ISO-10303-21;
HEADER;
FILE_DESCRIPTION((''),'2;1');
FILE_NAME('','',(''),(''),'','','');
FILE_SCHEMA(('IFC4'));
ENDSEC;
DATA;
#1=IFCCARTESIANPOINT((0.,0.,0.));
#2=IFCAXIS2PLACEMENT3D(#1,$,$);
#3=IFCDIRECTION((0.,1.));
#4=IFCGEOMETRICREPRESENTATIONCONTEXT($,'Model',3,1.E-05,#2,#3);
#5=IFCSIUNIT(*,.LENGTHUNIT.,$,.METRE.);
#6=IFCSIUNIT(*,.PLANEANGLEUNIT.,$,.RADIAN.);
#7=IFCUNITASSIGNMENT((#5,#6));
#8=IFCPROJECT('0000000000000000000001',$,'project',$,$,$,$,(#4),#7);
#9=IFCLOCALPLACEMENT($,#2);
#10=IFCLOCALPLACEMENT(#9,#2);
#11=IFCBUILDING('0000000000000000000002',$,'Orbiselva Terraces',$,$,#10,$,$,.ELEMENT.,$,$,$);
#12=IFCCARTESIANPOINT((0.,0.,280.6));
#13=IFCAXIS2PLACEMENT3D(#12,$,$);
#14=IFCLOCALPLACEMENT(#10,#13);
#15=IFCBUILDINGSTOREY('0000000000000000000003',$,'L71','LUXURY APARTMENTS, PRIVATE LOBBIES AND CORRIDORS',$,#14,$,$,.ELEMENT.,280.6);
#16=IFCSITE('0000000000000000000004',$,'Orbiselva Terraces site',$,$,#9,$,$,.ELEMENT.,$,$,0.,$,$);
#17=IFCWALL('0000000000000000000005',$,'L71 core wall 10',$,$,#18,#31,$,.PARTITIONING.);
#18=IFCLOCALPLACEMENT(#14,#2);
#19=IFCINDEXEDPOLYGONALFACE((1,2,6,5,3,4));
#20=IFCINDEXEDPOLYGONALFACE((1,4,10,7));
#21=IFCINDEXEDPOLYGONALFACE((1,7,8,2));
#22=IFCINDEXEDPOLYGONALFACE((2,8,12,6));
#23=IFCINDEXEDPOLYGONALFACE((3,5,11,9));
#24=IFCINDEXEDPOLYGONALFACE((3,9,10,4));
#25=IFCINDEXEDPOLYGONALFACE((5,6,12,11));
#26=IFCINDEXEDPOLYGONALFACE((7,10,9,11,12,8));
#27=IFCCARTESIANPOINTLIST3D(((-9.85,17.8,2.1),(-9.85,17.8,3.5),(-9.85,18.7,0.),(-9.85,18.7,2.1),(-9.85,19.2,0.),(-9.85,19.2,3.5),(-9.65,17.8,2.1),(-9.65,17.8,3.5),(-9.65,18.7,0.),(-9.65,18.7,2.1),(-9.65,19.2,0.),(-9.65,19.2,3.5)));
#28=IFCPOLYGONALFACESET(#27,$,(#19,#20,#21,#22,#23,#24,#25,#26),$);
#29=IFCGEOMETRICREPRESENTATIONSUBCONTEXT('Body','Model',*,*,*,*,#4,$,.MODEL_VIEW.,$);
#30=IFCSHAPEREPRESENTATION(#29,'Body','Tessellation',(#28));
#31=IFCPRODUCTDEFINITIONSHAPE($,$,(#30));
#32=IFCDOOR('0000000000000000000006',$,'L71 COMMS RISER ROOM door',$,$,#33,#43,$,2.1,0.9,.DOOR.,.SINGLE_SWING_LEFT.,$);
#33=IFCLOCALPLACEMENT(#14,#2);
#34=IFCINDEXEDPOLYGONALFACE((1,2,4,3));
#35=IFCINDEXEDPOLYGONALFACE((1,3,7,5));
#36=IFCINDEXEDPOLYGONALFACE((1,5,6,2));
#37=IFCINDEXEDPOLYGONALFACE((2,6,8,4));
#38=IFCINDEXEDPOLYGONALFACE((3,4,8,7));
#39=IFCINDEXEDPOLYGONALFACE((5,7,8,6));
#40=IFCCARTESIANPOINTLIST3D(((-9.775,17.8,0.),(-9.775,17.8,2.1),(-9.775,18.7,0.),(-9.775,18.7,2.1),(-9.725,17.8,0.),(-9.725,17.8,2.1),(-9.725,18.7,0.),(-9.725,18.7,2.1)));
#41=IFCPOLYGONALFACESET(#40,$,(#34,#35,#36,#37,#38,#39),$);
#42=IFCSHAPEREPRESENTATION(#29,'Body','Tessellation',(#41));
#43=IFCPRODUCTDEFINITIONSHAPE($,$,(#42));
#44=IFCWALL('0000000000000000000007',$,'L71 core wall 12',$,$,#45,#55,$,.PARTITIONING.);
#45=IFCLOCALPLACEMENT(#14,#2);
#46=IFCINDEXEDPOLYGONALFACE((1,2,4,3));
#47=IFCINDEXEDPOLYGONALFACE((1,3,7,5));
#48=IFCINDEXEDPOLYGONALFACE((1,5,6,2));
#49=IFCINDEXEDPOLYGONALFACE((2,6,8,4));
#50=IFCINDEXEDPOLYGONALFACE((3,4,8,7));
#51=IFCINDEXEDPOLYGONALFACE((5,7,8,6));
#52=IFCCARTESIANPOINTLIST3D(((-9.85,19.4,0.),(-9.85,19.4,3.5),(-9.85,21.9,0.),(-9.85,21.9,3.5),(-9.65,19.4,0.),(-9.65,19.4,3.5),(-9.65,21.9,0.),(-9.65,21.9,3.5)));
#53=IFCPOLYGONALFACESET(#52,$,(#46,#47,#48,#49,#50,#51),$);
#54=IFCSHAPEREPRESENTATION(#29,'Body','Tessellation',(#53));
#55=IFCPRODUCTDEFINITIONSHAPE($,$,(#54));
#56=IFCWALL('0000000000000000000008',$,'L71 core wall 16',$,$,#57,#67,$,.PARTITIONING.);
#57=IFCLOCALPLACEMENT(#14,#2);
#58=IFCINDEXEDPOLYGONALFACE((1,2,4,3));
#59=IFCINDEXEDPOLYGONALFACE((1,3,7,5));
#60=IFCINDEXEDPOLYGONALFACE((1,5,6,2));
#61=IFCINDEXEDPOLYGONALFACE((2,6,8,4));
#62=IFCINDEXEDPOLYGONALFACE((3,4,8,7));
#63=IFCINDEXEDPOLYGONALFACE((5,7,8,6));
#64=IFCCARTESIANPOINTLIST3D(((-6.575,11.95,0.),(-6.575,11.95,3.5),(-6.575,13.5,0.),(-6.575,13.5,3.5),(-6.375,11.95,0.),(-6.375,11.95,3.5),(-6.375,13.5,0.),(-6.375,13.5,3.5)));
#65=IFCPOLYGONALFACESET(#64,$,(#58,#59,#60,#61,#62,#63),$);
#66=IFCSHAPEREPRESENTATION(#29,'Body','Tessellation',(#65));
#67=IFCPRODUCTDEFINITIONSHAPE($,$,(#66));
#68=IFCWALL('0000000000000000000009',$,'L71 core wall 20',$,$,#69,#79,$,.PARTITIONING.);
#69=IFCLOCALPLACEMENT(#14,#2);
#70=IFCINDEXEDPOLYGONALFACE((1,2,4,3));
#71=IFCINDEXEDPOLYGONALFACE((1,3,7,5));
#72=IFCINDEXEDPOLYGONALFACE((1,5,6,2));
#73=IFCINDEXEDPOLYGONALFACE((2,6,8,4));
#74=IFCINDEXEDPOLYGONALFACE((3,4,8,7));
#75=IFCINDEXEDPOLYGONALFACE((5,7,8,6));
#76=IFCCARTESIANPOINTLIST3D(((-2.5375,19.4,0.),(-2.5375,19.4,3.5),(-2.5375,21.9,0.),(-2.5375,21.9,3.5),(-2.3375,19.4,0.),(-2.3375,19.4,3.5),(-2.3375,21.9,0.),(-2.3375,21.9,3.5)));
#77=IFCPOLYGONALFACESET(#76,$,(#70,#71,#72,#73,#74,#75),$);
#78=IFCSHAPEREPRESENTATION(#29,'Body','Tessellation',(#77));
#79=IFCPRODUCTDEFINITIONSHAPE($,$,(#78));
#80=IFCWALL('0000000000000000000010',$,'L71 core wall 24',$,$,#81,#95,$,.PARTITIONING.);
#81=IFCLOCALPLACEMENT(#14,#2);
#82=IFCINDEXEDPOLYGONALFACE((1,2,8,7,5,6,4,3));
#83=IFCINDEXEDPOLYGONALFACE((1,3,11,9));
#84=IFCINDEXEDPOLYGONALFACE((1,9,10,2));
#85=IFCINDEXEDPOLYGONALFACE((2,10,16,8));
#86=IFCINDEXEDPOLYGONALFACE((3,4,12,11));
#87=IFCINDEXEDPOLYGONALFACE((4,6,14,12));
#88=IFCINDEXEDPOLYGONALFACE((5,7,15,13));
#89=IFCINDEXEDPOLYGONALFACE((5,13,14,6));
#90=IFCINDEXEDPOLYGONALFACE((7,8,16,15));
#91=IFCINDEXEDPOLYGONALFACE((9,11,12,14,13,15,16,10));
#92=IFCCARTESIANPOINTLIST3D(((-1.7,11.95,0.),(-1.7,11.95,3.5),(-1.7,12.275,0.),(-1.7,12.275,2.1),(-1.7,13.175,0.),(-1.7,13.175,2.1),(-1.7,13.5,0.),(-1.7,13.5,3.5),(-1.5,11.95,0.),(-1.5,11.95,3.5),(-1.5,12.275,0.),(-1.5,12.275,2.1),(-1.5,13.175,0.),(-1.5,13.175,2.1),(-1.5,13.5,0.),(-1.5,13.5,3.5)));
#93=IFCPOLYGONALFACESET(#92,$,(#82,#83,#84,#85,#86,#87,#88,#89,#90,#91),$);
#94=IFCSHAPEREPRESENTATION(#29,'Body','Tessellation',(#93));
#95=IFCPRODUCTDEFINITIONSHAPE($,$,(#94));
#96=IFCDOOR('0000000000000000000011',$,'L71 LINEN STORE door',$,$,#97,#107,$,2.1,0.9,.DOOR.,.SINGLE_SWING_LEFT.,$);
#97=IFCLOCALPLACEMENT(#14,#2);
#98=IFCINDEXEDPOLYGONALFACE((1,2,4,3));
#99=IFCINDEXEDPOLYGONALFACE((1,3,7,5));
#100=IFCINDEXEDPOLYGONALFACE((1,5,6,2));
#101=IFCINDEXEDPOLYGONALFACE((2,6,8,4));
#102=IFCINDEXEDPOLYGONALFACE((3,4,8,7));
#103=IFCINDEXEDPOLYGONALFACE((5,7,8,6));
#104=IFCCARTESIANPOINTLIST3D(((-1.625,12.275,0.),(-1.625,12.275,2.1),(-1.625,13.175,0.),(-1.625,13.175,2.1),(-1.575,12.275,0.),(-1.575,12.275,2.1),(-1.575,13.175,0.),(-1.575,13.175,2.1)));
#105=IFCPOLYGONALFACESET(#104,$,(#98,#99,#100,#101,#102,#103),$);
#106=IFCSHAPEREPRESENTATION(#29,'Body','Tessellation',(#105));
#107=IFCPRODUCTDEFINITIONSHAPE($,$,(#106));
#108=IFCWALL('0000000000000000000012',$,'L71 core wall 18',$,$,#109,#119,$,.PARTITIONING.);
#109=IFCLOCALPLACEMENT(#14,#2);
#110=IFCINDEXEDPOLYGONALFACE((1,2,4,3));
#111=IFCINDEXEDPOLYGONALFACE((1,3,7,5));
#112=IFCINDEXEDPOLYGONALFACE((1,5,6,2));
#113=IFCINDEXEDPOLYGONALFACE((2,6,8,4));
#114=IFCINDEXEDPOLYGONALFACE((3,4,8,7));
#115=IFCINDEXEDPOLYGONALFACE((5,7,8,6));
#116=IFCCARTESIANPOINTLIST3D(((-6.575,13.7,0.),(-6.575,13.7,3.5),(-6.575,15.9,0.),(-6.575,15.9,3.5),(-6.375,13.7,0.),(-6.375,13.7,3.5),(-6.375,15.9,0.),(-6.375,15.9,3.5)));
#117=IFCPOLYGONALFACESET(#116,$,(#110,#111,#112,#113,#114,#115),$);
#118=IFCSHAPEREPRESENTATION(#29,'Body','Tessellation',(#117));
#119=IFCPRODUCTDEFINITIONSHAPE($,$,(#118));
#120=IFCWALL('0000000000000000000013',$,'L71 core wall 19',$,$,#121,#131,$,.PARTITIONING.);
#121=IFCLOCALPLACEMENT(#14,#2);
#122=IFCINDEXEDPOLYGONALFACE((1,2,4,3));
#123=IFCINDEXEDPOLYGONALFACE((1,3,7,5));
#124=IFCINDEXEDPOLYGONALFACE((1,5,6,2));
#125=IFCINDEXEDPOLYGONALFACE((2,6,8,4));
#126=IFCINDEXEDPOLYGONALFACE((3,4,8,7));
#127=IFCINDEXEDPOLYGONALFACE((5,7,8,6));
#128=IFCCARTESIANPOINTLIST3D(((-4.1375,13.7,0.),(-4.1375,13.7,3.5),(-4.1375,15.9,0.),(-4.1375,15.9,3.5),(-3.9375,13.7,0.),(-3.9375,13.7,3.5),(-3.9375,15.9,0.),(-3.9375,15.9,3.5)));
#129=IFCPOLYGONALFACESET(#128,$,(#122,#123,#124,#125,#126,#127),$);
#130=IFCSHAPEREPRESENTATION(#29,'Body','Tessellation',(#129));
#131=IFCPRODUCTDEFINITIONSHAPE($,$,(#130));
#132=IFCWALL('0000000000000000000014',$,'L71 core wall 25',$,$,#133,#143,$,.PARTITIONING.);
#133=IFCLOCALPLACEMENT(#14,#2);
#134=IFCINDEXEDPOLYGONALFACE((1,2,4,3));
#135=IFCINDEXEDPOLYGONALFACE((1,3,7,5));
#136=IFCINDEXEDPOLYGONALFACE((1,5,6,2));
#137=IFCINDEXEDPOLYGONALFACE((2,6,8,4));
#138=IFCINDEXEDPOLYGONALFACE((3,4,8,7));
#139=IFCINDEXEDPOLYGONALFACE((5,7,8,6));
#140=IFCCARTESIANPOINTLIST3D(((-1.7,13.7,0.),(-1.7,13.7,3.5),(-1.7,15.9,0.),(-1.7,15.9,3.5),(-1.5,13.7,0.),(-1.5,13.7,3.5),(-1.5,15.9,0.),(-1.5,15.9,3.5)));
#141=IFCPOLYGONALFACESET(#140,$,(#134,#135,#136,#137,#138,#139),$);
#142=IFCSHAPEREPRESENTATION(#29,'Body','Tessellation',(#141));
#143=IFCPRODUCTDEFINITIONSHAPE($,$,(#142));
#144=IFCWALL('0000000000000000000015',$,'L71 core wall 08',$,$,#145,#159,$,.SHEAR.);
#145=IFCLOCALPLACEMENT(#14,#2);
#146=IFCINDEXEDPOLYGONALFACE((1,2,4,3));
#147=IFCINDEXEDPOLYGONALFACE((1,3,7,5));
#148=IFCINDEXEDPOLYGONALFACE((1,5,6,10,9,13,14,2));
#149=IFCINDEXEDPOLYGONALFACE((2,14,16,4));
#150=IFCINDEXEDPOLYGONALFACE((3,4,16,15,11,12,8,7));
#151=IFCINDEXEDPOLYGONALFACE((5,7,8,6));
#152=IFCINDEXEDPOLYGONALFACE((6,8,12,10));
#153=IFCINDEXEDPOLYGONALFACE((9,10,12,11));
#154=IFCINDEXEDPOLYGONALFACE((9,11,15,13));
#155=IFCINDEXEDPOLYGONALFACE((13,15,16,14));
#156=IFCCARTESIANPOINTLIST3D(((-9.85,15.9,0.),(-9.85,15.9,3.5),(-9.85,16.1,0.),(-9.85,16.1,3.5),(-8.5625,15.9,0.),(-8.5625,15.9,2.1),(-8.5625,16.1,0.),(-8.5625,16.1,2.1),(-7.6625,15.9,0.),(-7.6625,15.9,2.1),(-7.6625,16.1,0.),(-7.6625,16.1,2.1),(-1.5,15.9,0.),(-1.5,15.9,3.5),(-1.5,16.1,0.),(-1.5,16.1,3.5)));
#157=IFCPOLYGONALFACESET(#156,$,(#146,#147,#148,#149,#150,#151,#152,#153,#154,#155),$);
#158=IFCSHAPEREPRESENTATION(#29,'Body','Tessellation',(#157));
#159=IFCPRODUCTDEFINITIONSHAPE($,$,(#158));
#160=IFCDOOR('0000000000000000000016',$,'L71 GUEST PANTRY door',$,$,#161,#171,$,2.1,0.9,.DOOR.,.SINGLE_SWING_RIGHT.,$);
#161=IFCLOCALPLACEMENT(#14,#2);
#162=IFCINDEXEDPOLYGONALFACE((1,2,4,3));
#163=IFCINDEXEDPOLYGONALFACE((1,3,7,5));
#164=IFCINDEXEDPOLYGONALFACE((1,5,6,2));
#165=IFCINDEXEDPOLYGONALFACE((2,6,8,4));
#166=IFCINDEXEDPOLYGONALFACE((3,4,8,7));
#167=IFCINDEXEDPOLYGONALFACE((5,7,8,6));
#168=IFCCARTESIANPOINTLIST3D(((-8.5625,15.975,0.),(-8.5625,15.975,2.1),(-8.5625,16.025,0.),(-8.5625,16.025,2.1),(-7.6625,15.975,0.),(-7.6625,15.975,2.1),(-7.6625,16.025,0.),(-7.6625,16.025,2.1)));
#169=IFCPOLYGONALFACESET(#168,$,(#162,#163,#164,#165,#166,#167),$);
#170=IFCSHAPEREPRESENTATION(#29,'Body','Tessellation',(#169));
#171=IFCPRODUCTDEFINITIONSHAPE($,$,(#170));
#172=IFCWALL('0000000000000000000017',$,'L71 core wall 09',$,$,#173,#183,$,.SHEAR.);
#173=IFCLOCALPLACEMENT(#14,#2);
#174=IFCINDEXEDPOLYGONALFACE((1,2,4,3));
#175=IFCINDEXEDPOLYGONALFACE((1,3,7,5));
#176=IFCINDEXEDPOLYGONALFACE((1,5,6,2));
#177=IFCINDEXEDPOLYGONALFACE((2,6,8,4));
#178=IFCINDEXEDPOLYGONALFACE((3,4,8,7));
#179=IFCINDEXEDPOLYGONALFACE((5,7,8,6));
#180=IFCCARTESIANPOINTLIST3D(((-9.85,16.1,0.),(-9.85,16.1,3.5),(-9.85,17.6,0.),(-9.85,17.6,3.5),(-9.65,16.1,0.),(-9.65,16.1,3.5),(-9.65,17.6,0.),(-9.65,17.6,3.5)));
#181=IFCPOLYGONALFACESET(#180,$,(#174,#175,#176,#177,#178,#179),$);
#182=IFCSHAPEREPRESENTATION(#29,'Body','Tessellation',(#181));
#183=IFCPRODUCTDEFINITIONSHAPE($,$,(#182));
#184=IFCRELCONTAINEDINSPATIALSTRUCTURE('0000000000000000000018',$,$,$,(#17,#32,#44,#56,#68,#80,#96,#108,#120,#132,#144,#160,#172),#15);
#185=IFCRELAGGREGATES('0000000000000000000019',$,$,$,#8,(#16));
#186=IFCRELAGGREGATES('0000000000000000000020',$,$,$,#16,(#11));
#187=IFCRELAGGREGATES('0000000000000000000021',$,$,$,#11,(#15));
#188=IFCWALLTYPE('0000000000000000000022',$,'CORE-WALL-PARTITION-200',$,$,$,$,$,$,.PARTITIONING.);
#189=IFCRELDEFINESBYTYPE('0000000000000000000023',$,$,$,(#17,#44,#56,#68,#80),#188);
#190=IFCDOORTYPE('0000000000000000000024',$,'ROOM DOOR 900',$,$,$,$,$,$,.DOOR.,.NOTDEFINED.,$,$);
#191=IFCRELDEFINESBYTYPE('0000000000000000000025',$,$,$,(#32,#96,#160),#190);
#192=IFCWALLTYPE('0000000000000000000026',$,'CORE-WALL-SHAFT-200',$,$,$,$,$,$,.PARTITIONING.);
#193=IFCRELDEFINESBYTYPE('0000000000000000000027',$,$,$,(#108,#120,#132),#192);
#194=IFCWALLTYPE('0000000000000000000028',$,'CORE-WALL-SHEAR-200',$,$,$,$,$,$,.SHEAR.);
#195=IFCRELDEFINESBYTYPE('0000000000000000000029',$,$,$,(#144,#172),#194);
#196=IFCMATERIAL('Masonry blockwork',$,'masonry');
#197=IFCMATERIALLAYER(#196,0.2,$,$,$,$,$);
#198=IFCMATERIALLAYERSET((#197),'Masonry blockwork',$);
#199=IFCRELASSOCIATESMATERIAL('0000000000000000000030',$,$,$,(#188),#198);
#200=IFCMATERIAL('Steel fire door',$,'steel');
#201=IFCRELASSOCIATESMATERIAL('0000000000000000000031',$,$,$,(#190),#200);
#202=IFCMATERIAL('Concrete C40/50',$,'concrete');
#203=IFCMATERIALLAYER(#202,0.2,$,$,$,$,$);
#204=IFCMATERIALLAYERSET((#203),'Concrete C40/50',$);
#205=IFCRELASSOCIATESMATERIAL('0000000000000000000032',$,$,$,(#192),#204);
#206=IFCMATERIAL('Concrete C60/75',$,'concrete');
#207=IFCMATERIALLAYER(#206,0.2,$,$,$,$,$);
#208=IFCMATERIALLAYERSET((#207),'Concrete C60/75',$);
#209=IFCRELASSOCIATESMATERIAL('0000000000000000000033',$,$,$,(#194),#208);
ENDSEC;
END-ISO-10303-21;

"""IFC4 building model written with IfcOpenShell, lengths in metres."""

from ifc_helpers import new_model, si_unit, direction, frame, frame_2d, origin, place, context, subcontext, project, spatial, rectangle, extrude, material, layer, layer_set, type_object, element, fill, save


model = new_model("IFC4")

# Units and contexts
model_context = context("Model", 3, precision=1e-05, world=origin(), true_north=direction((0.0, 1.0)))
body_context = subcontext(model_context, "Body", "Model", "MODEL_VIEW")
ifc_project = project(units=[si_unit("LENGTHUNIT", "METRE"), si_unit("PLANEANGLEUNIT", "RADIAN")], contexts=[model_context])

# Site, building, storey
site_placement = place(None, origin())
site = spatial("IfcSite", under=ifc_project, at=site_placement, Name="Orbiselva Terraces site", CompositionType="ELEMENT", RefElevation=0.0)
building_placement = place(site_placement, origin())
building = spatial("IfcBuilding", under=site, at=building_placement, Name="Orbiselva Terraces", CompositionType="ELEMENT")
storey_placement = place(building_placement, frame((0.0, 0.0, 280.6)))
storey = spatial("IfcBuildingStorey", under=building, at=storey_placement, Name="L71", Description="LUXURY APARTMENTS, PRIVATE LOBBIES AND CORRIDORS", CompositionType="ELEMENT", Elevation=280.6)

# Wall, opening, door
ifc_material_1 = material(Name="Masonry blockwork", Category="masonry")
ifc_layer_1 = layer(ifc_material_1, 0.2)
ifc_layer_set_1 = layer_set([ifc_layer_1], Name="Masonry blockwork")
wall_type_1 = type_object("IfcWallType", Name="CORE-WALL-PARTITION-200", PredefinedType="PARTITIONING", material=ifc_layer_set_1)
wall_1_placement = place(storey_placement, frame((-9.75, 17.8, 0.0), z_axis=(0.0, 0.0, 1.0), x_axis=(0.0, 1.0, 0.0)))
wall_1 = element("IfcWall", 1, at=wall_1_placement, inside=storey, type_object=wall_type_1, Name="L71 core wall 10", PredefinedType="PARTITIONING", context=body_context, shape_type="SweptSolid", body=[
    extrude(rectangle(XDim=1.4, YDim=0.2, at=frame_2d((0.7, 0.0))), origin(), (0.0, 0.0, 1.0), 3.5),
])
opening_1_placement = place(wall_1_placement, origin())
opening_1 = element("IfcOpeningElement", 2, at=opening_1_placement, cuts=wall_1, PredefinedType="OPENING", context=body_context, shape_type="SweptSolid", body=[
    extrude(rectangle(XDim=0.9, YDim=2.1, at=frame_2d((0.45, 1.05))), frame((0.0, 0.11, 0.0), z_axis=(0.0, -1.0, 0.0), x_axis=(1.0, 0.0, 0.0)), (0.0, 0.0, 1.0), 0.22),
])
ifc_material_2 = material(Name="Steel fire door", Category="steel")
door_type_1 = type_object("IfcDoorType", Name="ROOM DOOR 900", OperationType="NOTDEFINED", PredefinedType="DOOR", material=ifc_material_2)
door_1_placement = place(opening_1_placement, origin())
door_1 = element("IfcDoor", 3, at=door_1_placement, inside=storey, type_object=door_type_1, Name="L71 COMMS RISER ROOM door", OperationType="SINGLE_SWING_LEFT", OverallHeight=2.1, OverallWidth=0.9, PredefinedType="DOOR", context=body_context, shape_type="SweptSolid", body=[
    extrude(rectangle(XDim=0.9, YDim=2.1, at=frame_2d((0.45, 1.05))), frame((0.0, 0.025, 0.0), z_axis=(0.0, -1.0, 0.0), x_axis=(1.0, 0.0, 0.0)), (0.0, 0.0, 1.0), 0.05),
])
fill(opening_1, door_1)

# Walls
wall_2_placement = place(storey_placement, frame((-9.75, 19.4, 0.0), z_axis=(0.0, 0.0, 1.0), x_axis=(0.0, 1.0, 0.0)))
element("IfcWall", 4, at=wall_2_placement, inside=storey, type_object=wall_type_1, Name="L71 core wall 12", PredefinedType="PARTITIONING", context=body_context, shape_type="SweptSolid", body=[
    extrude(rectangle(XDim=2.5, YDim=0.2, at=frame_2d((1.25, 0.0))), origin(), (0.0, 0.0, 1.0), 3.5),
])
wall_3_placement = place(storey_placement, frame((-6.475, 11.95, 0.0), z_axis=(0.0, 0.0, 1.0), x_axis=(0.0, 1.0, 0.0)))
element("IfcWall", 5, at=wall_3_placement, inside=storey, type_object=wall_type_1, Name="L71 core wall 16", PredefinedType="PARTITIONING", context=body_context, shape_type="SweptSolid", body=[
    extrude(rectangle(XDim=1.55, YDim=0.2, at=frame_2d((0.775, 0.0))), origin(), (0.0, 0.0, 1.0), 3.5),
])
wall_4_placement = place(storey_placement, frame((-2.4375, 19.4, 0.0), z_axis=(0.0, 0.0, 1.0), x_axis=(0.0, 1.0, 0.0)))
element("IfcWall", 6, at=wall_4_placement, inside=storey, type_object=wall_type_1, Name="L71 core wall 20", PredefinedType="PARTITIONING", context=body_context, shape_type="SweptSolid", body=[
    extrude(rectangle(XDim=2.5, YDim=0.2, at=frame_2d((1.25, 0.0))), origin(), (0.0, 0.0, 1.0), 3.5),
])

# Wall, opening, door
wall_5_placement = place(storey_placement, frame((-1.6, 11.95, 0.0), z_axis=(0.0, 0.0, 1.0), x_axis=(0.0, 1.0, 0.0)))
wall_5 = element("IfcWall", 7, at=wall_5_placement, inside=storey, type_object=wall_type_1, Name="L71 core wall 24", PredefinedType="PARTITIONING", context=body_context, shape_type="SweptSolid", body=[
    extrude(rectangle(XDim=1.55, YDim=0.2, at=frame_2d((0.775, 0.0))), origin(), (0.0, 0.0, 1.0), 3.5),
])
opening_2_placement = place(wall_5_placement, frame((0.325, 0.0, 0.0)))
opening_2 = element("IfcOpeningElement", 8, at=opening_2_placement, cuts=wall_5, PredefinedType="OPENING", context=body_context, shape_type="SweptSolid", body=[
    extrude(rectangle(XDim=0.9, YDim=2.1, at=frame_2d((0.45, 1.05))), frame((0.0, 0.11, 0.0), z_axis=(0.0, -1.0, 0.0), x_axis=(1.0, 0.0, 0.0)), (0.0, 0.0, 1.0), 0.22),
])
door_2_placement = place(opening_2_placement, origin())
door_2 = element("IfcDoor", 9, at=door_2_placement, inside=storey, type_object=door_type_1, Name="L71 LINEN STORE door", OperationType="SINGLE_SWING_LEFT", OverallHeight=2.1, OverallWidth=0.9, PredefinedType="DOOR", context=body_context, shape_type="SweptSolid", body=[
    extrude(rectangle(XDim=0.9, YDim=2.1, at=frame_2d((0.45, 1.05))), frame((0.0, 0.025, 0.0), z_axis=(0.0, -1.0, 0.0), x_axis=(1.0, 0.0, 0.0)), (0.0, 0.0, 1.0), 0.05),
])
fill(opening_2, door_2)

# Walls
ifc_material_3 = material(Name="Concrete C40/50", Category="concrete")
ifc_layer_2 = layer(ifc_material_3, 0.2)
ifc_layer_set_2 = layer_set([ifc_layer_2], Name="Concrete C40/50")
wall_type_2 = type_object("IfcWallType", Name="CORE-WALL-SHAFT-200", PredefinedType="PARTITIONING", material=ifc_layer_set_2)
for number, where, z_axis, x_axis, name in (
    (10, (-6.475, 13.7, 0.0), (0.0, 0.0, 1.0), (0.0, 1.0, 0.0), "L71 core wall 18"),
    (11, (-4.0375, 13.7, 0.0), (0.0, 0.0, 1.0), (0.0, 1.0, 0.0), "L71 core wall 19"),
    (12, (-1.6, 13.7, 0.0), (0.0, 0.0, 1.0), (0.0, 1.0, 0.0), "L71 core wall 25"),
):
    element("IfcWall", number, at=place(storey_placement, frame(where, z_axis=z_axis, x_axis=x_axis)), inside=storey, type_object=wall_type_2, Name=name, PredefinedType="PARTITIONING", context=body_context, shape_type="SweptSolid", body=[
        extrude(rectangle(XDim=2.2, YDim=0.2, at=frame_2d((1.1, 0.0))), origin(), (0.0, 0.0, 1.0), 3.5),
    ])

# Wall, opening, door
ifc_material_4 = material(Name="Concrete C60/75", Category="concrete")
ifc_layer_3 = layer(ifc_material_4, 0.2)
ifc_layer_set_3 = layer_set([ifc_layer_3], Name="Concrete C60/75")
wall_type_3 = type_object("IfcWallType", Name="CORE-WALL-SHEAR-200", PredefinedType="SHEAR", material=ifc_layer_set_3)
wall_6_placement = place(storey_placement, frame((-1.5, 16.0, 0.0), z_axis=(0.0, 0.0, 1.0), x_axis=(-1.0, 0.0, 0.0)))
wall_6 = element("IfcWall", 13, at=wall_6_placement, inside=storey, type_object=wall_type_3, Name="L71 core wall 08", PredefinedType="SHEAR", context=body_context, shape_type="SweptSolid", body=[
    extrude(rectangle(XDim=8.35, YDim=0.2, at=frame_2d((4.175, 0.0))), origin(), (0.0, 0.0, 1.0), 3.5),
])
opening_3_placement = place(wall_6_placement, frame((6.1625, 0.0, 0.0)))
opening_3 = element("IfcOpeningElement", 14, at=opening_3_placement, cuts=wall_6, PredefinedType="OPENING", context=body_context, shape_type="SweptSolid", body=[
    extrude(rectangle(XDim=0.9, YDim=2.1, at=frame_2d((0.45, 1.05))), frame((0.0, 0.11, 0.0), z_axis=(0.0, -1.0, 0.0), x_axis=(1.0, 0.0, 0.0)), (0.0, 0.0, 1.0), 0.22),
])
door_3_placement = place(opening_3_placement, origin())
door_3 = element("IfcDoor", 15, at=door_3_placement, inside=storey, type_object=door_type_1, Name="L71 GUEST PANTRY door", OperationType="SINGLE_SWING_RIGHT", OverallHeight=2.1, OverallWidth=0.9, PredefinedType="DOOR", context=body_context, shape_type="SweptSolid", body=[
    extrude(rectangle(XDim=0.9, YDim=2.1, at=frame_2d((0.45, 1.05))), frame((0.0, 0.025, 0.0), z_axis=(0.0, -1.0, 0.0), x_axis=(1.0, 0.0, 0.0)), (0.0, 0.0, 1.0), 0.05),
])
fill(opening_3, door_3)

# Wall
wall_7_placement = place(storey_placement, frame((-9.75, 16.1, 0.0), z_axis=(0.0, 0.0, 1.0), x_axis=(0.0, 1.0, 0.0)))
element("IfcWall", 16, at=wall_7_placement, inside=storey, type_object=wall_type_3, Name="L71 core wall 09", PredefinedType="SHEAR", context=body_context, shape_type="SweptSolid", body=[
    extrude(rectangle(XDim=1.5, YDim=0.2, at=frame_2d((0.75, 0.0))), origin(), (0.0, 0.0, 1.0), 3.5),
])

save(model, "model.ifc")
